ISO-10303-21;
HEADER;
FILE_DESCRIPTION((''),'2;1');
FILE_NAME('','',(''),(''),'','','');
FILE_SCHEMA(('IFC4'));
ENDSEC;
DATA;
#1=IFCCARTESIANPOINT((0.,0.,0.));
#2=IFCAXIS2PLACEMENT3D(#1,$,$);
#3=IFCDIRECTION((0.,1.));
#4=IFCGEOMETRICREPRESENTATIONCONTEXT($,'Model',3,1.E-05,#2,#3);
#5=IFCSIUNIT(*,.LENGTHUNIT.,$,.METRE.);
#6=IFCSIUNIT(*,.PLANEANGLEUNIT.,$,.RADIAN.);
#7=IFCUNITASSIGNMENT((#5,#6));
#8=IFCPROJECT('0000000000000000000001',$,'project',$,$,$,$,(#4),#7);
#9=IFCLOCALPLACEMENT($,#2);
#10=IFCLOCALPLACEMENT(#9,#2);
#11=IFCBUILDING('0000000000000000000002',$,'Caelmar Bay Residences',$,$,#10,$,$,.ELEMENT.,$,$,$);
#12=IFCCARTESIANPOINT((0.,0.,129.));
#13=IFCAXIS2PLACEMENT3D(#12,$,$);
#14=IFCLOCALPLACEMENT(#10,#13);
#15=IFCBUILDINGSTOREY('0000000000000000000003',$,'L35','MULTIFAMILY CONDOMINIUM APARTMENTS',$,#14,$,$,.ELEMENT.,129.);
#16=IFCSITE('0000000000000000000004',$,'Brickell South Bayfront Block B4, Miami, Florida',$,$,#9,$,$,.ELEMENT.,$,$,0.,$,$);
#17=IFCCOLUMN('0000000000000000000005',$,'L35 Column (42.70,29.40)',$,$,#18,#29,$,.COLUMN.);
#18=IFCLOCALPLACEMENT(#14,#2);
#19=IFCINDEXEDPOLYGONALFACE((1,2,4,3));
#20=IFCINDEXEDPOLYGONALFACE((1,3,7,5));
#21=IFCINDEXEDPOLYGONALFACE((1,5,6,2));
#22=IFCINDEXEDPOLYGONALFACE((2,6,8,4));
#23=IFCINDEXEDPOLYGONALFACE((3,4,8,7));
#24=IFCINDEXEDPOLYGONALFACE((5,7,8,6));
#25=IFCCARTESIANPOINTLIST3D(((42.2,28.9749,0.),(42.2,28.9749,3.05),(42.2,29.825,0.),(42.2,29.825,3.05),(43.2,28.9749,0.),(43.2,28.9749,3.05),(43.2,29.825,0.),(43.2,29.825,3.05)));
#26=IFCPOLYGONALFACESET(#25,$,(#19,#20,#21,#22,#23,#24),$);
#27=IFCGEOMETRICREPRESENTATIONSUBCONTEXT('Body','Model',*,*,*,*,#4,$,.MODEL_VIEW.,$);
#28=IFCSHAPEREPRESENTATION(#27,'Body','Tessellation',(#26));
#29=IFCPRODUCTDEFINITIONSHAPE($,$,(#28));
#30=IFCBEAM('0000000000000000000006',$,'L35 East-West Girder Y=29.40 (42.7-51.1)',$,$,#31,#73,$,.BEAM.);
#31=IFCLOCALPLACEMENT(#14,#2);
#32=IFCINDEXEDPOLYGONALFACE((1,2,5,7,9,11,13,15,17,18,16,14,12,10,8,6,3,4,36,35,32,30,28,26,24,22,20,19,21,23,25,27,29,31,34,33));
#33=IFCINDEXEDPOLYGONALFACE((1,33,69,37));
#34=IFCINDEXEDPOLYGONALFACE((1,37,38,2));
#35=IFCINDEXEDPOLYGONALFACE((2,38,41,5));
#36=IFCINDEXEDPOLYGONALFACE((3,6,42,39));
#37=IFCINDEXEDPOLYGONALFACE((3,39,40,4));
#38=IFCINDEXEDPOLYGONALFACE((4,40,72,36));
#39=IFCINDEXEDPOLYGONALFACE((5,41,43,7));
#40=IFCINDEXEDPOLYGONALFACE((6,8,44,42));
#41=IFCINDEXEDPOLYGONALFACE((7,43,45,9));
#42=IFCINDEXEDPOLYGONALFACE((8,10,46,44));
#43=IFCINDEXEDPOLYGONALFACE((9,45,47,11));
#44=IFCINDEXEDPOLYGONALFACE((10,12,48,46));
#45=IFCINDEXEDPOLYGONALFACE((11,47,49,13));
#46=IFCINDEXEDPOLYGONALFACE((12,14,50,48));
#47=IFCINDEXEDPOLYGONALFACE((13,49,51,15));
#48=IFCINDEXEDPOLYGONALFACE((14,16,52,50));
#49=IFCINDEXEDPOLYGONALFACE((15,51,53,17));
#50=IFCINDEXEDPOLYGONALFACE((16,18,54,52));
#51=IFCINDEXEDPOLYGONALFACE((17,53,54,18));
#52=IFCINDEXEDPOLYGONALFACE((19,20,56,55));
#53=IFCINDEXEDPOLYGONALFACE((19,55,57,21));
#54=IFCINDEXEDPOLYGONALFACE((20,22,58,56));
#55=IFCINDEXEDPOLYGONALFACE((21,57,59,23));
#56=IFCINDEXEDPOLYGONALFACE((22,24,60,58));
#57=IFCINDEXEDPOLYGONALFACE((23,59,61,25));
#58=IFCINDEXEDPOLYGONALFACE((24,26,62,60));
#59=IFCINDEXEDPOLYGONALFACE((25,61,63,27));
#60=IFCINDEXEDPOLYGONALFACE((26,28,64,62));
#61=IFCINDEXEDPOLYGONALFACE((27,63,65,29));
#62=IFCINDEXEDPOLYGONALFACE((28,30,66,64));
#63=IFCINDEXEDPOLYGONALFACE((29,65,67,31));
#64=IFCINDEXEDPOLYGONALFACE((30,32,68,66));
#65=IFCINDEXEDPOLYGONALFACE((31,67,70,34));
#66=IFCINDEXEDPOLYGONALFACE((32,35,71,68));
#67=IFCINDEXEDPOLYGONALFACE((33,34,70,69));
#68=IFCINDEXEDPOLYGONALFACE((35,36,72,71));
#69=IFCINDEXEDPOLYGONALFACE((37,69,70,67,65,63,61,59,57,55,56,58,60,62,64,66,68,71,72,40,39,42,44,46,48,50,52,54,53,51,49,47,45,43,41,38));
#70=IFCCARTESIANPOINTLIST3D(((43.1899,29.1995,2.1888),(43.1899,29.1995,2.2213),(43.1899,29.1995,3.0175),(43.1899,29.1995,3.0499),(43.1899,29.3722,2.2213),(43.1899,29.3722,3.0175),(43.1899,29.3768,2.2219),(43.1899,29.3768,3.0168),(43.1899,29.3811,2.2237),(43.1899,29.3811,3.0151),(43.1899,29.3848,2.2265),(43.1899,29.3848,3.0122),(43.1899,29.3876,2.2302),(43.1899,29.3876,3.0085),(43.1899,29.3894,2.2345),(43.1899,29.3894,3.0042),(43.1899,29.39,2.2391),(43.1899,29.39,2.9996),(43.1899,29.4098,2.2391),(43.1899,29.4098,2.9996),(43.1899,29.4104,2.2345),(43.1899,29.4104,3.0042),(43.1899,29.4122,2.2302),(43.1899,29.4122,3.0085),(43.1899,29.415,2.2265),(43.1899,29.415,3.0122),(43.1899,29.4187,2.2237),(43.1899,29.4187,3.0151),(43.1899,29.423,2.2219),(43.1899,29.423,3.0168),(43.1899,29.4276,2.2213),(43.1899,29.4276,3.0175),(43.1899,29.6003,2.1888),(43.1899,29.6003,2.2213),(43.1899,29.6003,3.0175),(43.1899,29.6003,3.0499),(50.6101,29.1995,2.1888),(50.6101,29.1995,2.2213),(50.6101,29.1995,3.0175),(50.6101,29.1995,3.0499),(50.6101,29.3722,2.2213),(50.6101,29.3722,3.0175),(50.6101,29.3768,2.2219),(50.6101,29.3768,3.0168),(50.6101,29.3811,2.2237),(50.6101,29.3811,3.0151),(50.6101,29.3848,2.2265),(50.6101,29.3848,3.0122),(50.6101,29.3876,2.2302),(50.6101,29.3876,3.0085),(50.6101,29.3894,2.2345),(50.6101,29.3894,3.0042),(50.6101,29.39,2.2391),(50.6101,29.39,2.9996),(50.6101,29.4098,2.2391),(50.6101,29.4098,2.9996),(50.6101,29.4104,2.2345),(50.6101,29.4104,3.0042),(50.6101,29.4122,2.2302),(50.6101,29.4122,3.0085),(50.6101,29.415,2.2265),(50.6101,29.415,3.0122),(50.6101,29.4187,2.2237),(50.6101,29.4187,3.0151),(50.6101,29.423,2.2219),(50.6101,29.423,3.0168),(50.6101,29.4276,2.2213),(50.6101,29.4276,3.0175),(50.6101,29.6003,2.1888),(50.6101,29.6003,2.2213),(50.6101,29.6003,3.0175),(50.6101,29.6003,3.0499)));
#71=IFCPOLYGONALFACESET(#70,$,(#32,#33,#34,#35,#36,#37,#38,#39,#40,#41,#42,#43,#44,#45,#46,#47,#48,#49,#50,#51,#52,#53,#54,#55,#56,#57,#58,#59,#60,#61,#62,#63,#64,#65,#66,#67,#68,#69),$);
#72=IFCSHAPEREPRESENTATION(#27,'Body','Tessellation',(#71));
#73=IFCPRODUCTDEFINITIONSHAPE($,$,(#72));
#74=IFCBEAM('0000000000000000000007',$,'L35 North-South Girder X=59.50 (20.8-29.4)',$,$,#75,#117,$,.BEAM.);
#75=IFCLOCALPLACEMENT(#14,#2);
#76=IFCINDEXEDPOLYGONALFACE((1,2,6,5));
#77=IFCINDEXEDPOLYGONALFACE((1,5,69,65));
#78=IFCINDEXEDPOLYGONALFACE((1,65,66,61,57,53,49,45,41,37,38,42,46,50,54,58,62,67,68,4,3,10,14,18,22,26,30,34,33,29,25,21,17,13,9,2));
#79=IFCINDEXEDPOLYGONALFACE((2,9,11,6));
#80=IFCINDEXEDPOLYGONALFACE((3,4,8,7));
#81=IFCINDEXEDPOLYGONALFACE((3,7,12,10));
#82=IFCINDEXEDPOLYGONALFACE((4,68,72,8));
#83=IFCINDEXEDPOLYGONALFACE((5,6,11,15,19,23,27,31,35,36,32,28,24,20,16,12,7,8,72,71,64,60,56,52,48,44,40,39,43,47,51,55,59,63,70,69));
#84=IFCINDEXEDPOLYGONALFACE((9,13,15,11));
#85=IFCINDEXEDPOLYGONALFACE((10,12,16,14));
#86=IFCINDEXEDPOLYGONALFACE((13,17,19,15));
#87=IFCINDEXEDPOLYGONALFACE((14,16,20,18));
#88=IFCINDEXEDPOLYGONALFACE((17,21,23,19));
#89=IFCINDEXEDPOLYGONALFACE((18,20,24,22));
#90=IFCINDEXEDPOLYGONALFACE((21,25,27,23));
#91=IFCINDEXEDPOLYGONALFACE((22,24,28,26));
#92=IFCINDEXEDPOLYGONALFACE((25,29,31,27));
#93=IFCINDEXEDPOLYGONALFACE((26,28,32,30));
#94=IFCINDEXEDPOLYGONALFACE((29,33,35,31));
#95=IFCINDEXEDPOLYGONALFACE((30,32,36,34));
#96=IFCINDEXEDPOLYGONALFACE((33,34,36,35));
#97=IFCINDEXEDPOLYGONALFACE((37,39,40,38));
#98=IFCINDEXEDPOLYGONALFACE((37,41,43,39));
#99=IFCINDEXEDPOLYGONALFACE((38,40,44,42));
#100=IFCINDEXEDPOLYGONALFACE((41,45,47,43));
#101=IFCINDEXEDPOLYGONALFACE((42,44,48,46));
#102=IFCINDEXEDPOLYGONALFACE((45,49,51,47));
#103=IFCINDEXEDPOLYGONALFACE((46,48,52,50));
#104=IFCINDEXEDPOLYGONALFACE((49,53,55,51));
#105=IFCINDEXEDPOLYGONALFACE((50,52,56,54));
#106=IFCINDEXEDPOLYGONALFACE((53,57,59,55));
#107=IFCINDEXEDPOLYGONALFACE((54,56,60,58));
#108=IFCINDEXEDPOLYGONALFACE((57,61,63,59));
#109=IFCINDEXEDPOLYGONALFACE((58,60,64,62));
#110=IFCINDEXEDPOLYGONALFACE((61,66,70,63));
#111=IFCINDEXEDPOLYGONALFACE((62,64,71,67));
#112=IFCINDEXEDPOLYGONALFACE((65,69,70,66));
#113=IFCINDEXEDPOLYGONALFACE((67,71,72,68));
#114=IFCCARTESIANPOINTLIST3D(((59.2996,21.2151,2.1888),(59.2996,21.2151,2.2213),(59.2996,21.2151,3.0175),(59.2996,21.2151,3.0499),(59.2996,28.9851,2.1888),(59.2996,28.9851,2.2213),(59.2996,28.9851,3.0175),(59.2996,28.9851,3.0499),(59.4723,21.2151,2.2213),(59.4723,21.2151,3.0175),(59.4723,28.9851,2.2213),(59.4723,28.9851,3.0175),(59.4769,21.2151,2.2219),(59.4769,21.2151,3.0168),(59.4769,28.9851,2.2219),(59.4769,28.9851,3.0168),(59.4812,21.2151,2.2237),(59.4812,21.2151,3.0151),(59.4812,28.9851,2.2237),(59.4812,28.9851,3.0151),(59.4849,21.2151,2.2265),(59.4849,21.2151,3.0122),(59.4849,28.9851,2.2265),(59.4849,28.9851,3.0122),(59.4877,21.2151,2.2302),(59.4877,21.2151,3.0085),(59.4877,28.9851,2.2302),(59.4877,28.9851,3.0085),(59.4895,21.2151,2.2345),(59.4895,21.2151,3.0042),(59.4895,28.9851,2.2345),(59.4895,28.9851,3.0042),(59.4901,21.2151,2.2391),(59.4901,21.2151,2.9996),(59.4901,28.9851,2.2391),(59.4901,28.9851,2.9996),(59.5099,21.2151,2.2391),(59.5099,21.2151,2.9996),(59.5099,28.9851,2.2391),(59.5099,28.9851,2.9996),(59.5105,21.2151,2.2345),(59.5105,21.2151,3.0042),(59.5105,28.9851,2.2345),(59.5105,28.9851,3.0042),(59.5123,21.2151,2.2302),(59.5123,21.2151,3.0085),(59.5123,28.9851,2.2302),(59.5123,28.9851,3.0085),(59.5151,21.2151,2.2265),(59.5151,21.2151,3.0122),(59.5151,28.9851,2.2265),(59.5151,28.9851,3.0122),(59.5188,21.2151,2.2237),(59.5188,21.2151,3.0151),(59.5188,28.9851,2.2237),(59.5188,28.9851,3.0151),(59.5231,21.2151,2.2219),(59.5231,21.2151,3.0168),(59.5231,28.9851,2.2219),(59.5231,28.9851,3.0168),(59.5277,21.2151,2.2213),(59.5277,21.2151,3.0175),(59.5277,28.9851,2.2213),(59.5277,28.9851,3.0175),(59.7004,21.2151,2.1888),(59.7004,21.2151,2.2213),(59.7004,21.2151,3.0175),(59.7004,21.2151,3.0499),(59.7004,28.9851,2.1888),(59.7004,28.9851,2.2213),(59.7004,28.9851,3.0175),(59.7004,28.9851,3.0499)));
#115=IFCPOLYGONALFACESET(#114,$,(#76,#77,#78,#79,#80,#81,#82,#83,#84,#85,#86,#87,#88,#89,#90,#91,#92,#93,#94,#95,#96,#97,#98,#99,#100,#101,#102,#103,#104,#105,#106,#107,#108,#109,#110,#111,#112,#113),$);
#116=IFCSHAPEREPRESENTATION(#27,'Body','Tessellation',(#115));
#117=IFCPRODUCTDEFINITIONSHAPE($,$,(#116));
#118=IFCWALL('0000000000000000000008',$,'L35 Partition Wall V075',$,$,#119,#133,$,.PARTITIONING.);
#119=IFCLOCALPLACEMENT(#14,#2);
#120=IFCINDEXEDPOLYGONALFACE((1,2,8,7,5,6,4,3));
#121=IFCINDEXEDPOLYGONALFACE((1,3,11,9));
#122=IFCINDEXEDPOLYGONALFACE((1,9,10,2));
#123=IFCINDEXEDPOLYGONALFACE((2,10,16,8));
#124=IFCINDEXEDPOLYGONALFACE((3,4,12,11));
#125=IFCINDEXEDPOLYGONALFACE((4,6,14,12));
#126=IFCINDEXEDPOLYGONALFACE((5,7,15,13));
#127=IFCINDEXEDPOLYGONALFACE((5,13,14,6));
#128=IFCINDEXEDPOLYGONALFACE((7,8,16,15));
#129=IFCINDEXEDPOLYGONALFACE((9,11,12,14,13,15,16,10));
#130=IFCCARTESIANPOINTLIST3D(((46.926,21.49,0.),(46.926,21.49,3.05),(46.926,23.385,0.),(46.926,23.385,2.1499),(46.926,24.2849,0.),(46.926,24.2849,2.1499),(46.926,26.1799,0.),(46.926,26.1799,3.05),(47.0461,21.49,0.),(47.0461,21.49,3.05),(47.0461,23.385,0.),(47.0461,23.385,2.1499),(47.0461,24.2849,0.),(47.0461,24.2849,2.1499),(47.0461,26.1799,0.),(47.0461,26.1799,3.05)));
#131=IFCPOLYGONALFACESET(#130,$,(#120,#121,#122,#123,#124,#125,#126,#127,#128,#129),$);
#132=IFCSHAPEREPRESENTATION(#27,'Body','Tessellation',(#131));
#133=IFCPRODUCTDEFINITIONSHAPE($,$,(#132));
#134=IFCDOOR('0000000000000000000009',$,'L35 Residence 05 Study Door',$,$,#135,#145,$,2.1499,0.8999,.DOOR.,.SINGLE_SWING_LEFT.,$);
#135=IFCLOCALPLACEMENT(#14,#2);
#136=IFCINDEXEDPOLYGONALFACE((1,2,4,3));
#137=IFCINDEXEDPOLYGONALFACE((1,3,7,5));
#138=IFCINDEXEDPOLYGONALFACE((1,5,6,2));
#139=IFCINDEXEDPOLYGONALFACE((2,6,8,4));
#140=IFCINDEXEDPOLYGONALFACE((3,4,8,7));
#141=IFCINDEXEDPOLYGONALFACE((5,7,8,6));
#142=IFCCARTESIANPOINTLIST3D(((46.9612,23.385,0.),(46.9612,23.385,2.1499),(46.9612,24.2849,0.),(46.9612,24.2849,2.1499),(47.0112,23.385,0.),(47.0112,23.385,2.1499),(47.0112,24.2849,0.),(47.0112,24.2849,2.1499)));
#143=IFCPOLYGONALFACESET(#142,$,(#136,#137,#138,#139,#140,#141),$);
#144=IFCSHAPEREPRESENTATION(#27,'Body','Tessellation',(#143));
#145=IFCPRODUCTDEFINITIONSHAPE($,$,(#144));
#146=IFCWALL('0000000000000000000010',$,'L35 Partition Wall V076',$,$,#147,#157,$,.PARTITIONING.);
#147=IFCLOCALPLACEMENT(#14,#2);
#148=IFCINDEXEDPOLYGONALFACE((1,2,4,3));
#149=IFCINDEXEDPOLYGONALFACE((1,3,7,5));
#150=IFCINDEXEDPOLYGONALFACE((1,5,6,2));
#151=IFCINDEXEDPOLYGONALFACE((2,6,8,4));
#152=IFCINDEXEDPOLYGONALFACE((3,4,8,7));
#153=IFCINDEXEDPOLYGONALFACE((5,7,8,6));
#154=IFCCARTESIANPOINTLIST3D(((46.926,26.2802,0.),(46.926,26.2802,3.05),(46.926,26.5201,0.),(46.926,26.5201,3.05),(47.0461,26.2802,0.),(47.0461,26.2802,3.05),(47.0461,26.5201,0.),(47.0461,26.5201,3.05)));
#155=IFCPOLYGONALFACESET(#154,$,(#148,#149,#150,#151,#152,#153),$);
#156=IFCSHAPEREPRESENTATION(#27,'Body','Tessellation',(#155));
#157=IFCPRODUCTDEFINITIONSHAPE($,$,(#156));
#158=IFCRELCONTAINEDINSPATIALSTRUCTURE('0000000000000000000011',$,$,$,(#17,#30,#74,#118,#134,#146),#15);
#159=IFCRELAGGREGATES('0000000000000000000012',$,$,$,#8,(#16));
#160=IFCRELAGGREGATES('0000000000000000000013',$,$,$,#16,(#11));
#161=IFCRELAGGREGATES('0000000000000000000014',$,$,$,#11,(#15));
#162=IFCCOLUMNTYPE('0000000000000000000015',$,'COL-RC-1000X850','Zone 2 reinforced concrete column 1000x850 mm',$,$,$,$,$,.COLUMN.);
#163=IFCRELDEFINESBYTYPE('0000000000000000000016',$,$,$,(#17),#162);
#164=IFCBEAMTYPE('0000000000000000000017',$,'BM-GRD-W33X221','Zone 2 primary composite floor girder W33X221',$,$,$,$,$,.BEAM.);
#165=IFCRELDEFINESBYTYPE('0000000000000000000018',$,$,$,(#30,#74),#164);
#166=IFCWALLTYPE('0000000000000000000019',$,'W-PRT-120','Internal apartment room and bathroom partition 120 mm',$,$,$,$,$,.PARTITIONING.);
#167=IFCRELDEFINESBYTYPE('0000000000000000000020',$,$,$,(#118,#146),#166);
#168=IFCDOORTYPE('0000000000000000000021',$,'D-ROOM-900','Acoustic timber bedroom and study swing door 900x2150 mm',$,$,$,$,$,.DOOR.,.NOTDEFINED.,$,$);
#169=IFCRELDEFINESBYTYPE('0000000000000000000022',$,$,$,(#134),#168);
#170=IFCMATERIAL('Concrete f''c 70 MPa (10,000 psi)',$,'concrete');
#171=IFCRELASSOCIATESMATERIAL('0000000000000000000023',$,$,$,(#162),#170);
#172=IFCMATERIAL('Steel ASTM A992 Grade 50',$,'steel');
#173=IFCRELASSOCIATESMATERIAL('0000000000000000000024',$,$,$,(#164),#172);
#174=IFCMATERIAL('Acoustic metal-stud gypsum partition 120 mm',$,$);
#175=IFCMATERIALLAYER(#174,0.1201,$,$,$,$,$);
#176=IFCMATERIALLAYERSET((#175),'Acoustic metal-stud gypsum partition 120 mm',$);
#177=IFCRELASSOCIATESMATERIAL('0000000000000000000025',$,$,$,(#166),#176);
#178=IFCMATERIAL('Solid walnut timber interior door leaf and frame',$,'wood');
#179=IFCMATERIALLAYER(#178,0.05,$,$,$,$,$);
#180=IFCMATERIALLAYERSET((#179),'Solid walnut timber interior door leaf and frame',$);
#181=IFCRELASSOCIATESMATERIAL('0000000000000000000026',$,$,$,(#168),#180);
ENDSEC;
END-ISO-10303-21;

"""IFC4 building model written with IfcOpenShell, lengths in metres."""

from ifc_helpers import new_model, si_unit, direction, frame, frame_2d, origin, origin_2d, place, context, subcontext, project, spatial, rectangle, i_section, extrude, material, layer, layer_set, material_profile, profile_set, type_object, element, fill, save


model = new_model("IFC4")

# Units and contexts
model_context = context("Model", 3, precision=1e-05, world=origin(), true_north=direction((0.0, 1.0)))
body_context = subcontext(model_context, "Body", "Model", "MODEL_VIEW")
ifc_project = project(units=[si_unit("LENGTHUNIT", "METRE"), si_unit("PLANEANGLEUNIT", "RADIAN")], contexts=[model_context])

# Site, building, storey
site_placement = place(None, origin())
site = spatial("IfcSite", under=ifc_project, at=site_placement, Name="Brickell South Bayfront Block B4, Miami, Florida", CompositionType="ELEMENT", RefElevation=0.0)
building_placement = place(site_placement, origin())
building = spatial("IfcBuilding", under=site, at=building_placement, Name="Caelmar Bay Residences", CompositionType="ELEMENT")
storey_placement = place(building_placement, frame((0.0, 0.0, 129.0)))
storey = spatial("IfcBuildingStorey", under=building, at=storey_placement, Name="L35", Description="MULTIFAMILY CONDOMINIUM APARTMENTS", CompositionType="ELEMENT", Elevation=129.0)

# Column
ifc_material_1 = material(Name="Concrete f'c 70 MPa (10,000 psi)", Category="concrete")
ifc_material_profile_1 = material_profile(ifc_material_1, rectangle(XDim=1.0, YDim=0.8501, at=origin_2d()), Name="RC-COL-1000X850")
ifc_profile_set_1 = profile_set([ifc_material_profile_1], Name="Concrete f'c 70 MPa (10,000 psi)")
column_type = type_object("IfcColumnType", Name="COL-RC-1000X850", Description="Zone 2 reinforced concrete column 1000x850 mm", PredefinedType="COLUMN", material=ifc_profile_set_1)
column_placement = place(storey_placement, frame((42.7, 29.3999, 0.0), z_axis=(0.0, 0.0, 1.0), x_axis=(1.0, 0.0, 0.0)))
element("IfcColumn", 1, at=column_placement, inside=storey, type_object=column_type, Name="L35 Column (42.70,29.40)", PredefinedType="COLUMN", context=body_context, shape_type="SweptSolid", body=[
    extrude(rectangle(XDim=1.0, YDim=0.8501, at=origin_2d()), origin(), (0.0, 0.0, 1.0), 3.05),
])

# Beams
ifc_material_2 = material(Name="Steel ASTM A992 Grade 50", Category="steel")
ifc_material_profile_2 = material_profile(ifc_material_2, i_section(OverallWidth=0.4009, OverallDepth=0.8611, WebThickness=0.0198, FlangeThickness=0.0325, FilletRadius=0.0178, at=origin_2d()), Name="W33X221")
ifc_profile_set_2 = profile_set([ifc_material_profile_2], Name="Steel ASTM A992 Grade 50")
beam_type = type_object("IfcBeamType", Name="BM-GRD-W33X221", Description="Zone 2 primary composite floor girder W33X221", PredefinedType="BEAM", material=ifc_profile_set_2)
beam_1_placement = place(storey_placement, frame((43.1899, 29.3999, 2.6194), z_axis=(1.0, 0.0, 0.0), x_axis=(0.0, 1.0, 0.0)))
element("IfcBeam", 2, at=beam_1_placement, inside=storey, type_object=beam_type, Name="L35 East-West Girder Y=29.40 (42.7-51.1)", PredefinedType="BEAM", context=body_context, shape_type="SweptSolid", body=[
    extrude(i_section(OverallWidth=0.4009, OverallDepth=0.8611, WebThickness=0.0198, FlangeThickness=0.0325, FilletRadius=0.0178, at=origin_2d()), origin(), (0.0, 0.0, 1.0), 7.4202),
])
beam_2_placement = place(storey_placement, frame((59.5, 21.2151, 2.6194), z_axis=(0.0, 1.0, 0.0), x_axis=(-1.0, 0.0, 0.0)))
element("IfcBeam", 3, at=beam_2_placement, inside=storey, type_object=beam_type, Name="L35 North-South Girder X=59.50 (20.8-29.4)", PredefinedType="BEAM", context=body_context, shape_type="SweptSolid", body=[
    extrude(i_section(OverallWidth=0.4009, OverallDepth=0.8611, WebThickness=0.0198, FlangeThickness=0.0325, FilletRadius=0.0178, at=origin_2d()), origin(), (0.0, 0.0, 1.0), 7.77),
])

# Wall, opening, door
ifc_material_3 = material(Name="Acoustic metal-stud gypsum partition 120 mm")
ifc_layer_1 = layer(ifc_material_3, 0.1201)
ifc_layer_set_1 = layer_set([ifc_layer_1], Name="Acoustic metal-stud gypsum partition 120 mm")
wall_type_1 = type_object("IfcWallType", Name="W-PRT-120", Description="Internal apartment room and bathroom partition 120 mm", PredefinedType="PARTITIONING", material=ifc_layer_set_1)
wall_1_placement = place(storey_placement, frame((46.9861, 21.49, 0.0), z_axis=(0.0, 0.0, 1.0), x_axis=(0.0, 1.0, 0.0)))
wall_1 = element("IfcWall", 4, at=wall_1_placement, inside=storey, type_object=wall_type_1, Name="L35 Partition Wall V075", PredefinedType="PARTITIONING", context=body_context, shape_type="SweptSolid", body=[
    extrude(rectangle(XDim=4.6899, YDim=0.1201, at=frame_2d((2.345, 0.0))), origin(), (0.0, 0.0, 1.0), 3.05),
])
opening_1_placement = place(wall_1_placement, frame((1.895, 0.0, 0.0)))
opening_1 = element("IfcOpeningElement", 5, at=opening_1_placement, cuts=wall_1, PredefinedType="OPENING", context=body_context, shape_type="SweptSolid", body=[
    extrude(rectangle(XDim=0.8999, YDim=2.1499, at=frame_2d((0.45, 1.075))), frame((0.0, 0.0701, 0.0), z_axis=(0.0, -1.0, 0.0), x_axis=(1.0, 0.0, 0.0)), (0.0, 0.0, 1.0), 0.1401),
])
ifc_material_4 = material(Name="Solid walnut timber interior door leaf and frame", Category="wood")
ifc_layer_2 = layer(ifc_material_4, 0.05)
ifc_layer_set_2 = layer_set([ifc_layer_2], Name="Solid walnut timber interior door leaf and frame")
door_type_1 = type_object("IfcDoorType", Name="D-ROOM-900", Description="Acoustic timber bedroom and study swing door 900x2150 mm", OperationType="NOTDEFINED", PredefinedType="DOOR", material=ifc_layer_set_2)
door_1_placement = place(opening_1_placement, origin())
door_1 = element("IfcDoor", 6, at=door_1_placement, inside=storey, type_object=door_type_1, Name="L35 Residence 05 Study Door", OperationType="SINGLE_SWING_LEFT", OverallHeight=2.1499, OverallWidth=0.8999, PredefinedType="DOOR", context=body_context, shape_type="SweptSolid", body=[
    extrude(rectangle(XDim=0.8999, YDim=2.1499, at=frame_2d((0.45, 1.075))), frame((0.0, 0.0249, 0.0), z_axis=(0.0, -1.0, 0.0), x_axis=(1.0, 0.0, 0.0)), (0.0, 0.0, 1.0), 0.05),
])
fill(opening_1, door_1)

# Wall
wall_2_placement = place(storey_placement, frame((46.9861, 26.28, 0.0), z_axis=(0.0, 0.0, 1.0), x_axis=(0.0, 1.0, 0.0)))
element("IfcWall", 7, at=wall_2_placement, inside=storey, type_object=wall_type_1, Name="L35 Partition Wall V076", PredefinedType="PARTITIONING", context=body_context, shape_type="SweptSolid", body=[
    extrude(rectangle(XDim=0.24, YDim=0.1201, at=frame_2d((0.1201, 0.0))), origin(), (0.0, 0.0, 1.0), 3.05),
])

save(model, "model.ifc")
